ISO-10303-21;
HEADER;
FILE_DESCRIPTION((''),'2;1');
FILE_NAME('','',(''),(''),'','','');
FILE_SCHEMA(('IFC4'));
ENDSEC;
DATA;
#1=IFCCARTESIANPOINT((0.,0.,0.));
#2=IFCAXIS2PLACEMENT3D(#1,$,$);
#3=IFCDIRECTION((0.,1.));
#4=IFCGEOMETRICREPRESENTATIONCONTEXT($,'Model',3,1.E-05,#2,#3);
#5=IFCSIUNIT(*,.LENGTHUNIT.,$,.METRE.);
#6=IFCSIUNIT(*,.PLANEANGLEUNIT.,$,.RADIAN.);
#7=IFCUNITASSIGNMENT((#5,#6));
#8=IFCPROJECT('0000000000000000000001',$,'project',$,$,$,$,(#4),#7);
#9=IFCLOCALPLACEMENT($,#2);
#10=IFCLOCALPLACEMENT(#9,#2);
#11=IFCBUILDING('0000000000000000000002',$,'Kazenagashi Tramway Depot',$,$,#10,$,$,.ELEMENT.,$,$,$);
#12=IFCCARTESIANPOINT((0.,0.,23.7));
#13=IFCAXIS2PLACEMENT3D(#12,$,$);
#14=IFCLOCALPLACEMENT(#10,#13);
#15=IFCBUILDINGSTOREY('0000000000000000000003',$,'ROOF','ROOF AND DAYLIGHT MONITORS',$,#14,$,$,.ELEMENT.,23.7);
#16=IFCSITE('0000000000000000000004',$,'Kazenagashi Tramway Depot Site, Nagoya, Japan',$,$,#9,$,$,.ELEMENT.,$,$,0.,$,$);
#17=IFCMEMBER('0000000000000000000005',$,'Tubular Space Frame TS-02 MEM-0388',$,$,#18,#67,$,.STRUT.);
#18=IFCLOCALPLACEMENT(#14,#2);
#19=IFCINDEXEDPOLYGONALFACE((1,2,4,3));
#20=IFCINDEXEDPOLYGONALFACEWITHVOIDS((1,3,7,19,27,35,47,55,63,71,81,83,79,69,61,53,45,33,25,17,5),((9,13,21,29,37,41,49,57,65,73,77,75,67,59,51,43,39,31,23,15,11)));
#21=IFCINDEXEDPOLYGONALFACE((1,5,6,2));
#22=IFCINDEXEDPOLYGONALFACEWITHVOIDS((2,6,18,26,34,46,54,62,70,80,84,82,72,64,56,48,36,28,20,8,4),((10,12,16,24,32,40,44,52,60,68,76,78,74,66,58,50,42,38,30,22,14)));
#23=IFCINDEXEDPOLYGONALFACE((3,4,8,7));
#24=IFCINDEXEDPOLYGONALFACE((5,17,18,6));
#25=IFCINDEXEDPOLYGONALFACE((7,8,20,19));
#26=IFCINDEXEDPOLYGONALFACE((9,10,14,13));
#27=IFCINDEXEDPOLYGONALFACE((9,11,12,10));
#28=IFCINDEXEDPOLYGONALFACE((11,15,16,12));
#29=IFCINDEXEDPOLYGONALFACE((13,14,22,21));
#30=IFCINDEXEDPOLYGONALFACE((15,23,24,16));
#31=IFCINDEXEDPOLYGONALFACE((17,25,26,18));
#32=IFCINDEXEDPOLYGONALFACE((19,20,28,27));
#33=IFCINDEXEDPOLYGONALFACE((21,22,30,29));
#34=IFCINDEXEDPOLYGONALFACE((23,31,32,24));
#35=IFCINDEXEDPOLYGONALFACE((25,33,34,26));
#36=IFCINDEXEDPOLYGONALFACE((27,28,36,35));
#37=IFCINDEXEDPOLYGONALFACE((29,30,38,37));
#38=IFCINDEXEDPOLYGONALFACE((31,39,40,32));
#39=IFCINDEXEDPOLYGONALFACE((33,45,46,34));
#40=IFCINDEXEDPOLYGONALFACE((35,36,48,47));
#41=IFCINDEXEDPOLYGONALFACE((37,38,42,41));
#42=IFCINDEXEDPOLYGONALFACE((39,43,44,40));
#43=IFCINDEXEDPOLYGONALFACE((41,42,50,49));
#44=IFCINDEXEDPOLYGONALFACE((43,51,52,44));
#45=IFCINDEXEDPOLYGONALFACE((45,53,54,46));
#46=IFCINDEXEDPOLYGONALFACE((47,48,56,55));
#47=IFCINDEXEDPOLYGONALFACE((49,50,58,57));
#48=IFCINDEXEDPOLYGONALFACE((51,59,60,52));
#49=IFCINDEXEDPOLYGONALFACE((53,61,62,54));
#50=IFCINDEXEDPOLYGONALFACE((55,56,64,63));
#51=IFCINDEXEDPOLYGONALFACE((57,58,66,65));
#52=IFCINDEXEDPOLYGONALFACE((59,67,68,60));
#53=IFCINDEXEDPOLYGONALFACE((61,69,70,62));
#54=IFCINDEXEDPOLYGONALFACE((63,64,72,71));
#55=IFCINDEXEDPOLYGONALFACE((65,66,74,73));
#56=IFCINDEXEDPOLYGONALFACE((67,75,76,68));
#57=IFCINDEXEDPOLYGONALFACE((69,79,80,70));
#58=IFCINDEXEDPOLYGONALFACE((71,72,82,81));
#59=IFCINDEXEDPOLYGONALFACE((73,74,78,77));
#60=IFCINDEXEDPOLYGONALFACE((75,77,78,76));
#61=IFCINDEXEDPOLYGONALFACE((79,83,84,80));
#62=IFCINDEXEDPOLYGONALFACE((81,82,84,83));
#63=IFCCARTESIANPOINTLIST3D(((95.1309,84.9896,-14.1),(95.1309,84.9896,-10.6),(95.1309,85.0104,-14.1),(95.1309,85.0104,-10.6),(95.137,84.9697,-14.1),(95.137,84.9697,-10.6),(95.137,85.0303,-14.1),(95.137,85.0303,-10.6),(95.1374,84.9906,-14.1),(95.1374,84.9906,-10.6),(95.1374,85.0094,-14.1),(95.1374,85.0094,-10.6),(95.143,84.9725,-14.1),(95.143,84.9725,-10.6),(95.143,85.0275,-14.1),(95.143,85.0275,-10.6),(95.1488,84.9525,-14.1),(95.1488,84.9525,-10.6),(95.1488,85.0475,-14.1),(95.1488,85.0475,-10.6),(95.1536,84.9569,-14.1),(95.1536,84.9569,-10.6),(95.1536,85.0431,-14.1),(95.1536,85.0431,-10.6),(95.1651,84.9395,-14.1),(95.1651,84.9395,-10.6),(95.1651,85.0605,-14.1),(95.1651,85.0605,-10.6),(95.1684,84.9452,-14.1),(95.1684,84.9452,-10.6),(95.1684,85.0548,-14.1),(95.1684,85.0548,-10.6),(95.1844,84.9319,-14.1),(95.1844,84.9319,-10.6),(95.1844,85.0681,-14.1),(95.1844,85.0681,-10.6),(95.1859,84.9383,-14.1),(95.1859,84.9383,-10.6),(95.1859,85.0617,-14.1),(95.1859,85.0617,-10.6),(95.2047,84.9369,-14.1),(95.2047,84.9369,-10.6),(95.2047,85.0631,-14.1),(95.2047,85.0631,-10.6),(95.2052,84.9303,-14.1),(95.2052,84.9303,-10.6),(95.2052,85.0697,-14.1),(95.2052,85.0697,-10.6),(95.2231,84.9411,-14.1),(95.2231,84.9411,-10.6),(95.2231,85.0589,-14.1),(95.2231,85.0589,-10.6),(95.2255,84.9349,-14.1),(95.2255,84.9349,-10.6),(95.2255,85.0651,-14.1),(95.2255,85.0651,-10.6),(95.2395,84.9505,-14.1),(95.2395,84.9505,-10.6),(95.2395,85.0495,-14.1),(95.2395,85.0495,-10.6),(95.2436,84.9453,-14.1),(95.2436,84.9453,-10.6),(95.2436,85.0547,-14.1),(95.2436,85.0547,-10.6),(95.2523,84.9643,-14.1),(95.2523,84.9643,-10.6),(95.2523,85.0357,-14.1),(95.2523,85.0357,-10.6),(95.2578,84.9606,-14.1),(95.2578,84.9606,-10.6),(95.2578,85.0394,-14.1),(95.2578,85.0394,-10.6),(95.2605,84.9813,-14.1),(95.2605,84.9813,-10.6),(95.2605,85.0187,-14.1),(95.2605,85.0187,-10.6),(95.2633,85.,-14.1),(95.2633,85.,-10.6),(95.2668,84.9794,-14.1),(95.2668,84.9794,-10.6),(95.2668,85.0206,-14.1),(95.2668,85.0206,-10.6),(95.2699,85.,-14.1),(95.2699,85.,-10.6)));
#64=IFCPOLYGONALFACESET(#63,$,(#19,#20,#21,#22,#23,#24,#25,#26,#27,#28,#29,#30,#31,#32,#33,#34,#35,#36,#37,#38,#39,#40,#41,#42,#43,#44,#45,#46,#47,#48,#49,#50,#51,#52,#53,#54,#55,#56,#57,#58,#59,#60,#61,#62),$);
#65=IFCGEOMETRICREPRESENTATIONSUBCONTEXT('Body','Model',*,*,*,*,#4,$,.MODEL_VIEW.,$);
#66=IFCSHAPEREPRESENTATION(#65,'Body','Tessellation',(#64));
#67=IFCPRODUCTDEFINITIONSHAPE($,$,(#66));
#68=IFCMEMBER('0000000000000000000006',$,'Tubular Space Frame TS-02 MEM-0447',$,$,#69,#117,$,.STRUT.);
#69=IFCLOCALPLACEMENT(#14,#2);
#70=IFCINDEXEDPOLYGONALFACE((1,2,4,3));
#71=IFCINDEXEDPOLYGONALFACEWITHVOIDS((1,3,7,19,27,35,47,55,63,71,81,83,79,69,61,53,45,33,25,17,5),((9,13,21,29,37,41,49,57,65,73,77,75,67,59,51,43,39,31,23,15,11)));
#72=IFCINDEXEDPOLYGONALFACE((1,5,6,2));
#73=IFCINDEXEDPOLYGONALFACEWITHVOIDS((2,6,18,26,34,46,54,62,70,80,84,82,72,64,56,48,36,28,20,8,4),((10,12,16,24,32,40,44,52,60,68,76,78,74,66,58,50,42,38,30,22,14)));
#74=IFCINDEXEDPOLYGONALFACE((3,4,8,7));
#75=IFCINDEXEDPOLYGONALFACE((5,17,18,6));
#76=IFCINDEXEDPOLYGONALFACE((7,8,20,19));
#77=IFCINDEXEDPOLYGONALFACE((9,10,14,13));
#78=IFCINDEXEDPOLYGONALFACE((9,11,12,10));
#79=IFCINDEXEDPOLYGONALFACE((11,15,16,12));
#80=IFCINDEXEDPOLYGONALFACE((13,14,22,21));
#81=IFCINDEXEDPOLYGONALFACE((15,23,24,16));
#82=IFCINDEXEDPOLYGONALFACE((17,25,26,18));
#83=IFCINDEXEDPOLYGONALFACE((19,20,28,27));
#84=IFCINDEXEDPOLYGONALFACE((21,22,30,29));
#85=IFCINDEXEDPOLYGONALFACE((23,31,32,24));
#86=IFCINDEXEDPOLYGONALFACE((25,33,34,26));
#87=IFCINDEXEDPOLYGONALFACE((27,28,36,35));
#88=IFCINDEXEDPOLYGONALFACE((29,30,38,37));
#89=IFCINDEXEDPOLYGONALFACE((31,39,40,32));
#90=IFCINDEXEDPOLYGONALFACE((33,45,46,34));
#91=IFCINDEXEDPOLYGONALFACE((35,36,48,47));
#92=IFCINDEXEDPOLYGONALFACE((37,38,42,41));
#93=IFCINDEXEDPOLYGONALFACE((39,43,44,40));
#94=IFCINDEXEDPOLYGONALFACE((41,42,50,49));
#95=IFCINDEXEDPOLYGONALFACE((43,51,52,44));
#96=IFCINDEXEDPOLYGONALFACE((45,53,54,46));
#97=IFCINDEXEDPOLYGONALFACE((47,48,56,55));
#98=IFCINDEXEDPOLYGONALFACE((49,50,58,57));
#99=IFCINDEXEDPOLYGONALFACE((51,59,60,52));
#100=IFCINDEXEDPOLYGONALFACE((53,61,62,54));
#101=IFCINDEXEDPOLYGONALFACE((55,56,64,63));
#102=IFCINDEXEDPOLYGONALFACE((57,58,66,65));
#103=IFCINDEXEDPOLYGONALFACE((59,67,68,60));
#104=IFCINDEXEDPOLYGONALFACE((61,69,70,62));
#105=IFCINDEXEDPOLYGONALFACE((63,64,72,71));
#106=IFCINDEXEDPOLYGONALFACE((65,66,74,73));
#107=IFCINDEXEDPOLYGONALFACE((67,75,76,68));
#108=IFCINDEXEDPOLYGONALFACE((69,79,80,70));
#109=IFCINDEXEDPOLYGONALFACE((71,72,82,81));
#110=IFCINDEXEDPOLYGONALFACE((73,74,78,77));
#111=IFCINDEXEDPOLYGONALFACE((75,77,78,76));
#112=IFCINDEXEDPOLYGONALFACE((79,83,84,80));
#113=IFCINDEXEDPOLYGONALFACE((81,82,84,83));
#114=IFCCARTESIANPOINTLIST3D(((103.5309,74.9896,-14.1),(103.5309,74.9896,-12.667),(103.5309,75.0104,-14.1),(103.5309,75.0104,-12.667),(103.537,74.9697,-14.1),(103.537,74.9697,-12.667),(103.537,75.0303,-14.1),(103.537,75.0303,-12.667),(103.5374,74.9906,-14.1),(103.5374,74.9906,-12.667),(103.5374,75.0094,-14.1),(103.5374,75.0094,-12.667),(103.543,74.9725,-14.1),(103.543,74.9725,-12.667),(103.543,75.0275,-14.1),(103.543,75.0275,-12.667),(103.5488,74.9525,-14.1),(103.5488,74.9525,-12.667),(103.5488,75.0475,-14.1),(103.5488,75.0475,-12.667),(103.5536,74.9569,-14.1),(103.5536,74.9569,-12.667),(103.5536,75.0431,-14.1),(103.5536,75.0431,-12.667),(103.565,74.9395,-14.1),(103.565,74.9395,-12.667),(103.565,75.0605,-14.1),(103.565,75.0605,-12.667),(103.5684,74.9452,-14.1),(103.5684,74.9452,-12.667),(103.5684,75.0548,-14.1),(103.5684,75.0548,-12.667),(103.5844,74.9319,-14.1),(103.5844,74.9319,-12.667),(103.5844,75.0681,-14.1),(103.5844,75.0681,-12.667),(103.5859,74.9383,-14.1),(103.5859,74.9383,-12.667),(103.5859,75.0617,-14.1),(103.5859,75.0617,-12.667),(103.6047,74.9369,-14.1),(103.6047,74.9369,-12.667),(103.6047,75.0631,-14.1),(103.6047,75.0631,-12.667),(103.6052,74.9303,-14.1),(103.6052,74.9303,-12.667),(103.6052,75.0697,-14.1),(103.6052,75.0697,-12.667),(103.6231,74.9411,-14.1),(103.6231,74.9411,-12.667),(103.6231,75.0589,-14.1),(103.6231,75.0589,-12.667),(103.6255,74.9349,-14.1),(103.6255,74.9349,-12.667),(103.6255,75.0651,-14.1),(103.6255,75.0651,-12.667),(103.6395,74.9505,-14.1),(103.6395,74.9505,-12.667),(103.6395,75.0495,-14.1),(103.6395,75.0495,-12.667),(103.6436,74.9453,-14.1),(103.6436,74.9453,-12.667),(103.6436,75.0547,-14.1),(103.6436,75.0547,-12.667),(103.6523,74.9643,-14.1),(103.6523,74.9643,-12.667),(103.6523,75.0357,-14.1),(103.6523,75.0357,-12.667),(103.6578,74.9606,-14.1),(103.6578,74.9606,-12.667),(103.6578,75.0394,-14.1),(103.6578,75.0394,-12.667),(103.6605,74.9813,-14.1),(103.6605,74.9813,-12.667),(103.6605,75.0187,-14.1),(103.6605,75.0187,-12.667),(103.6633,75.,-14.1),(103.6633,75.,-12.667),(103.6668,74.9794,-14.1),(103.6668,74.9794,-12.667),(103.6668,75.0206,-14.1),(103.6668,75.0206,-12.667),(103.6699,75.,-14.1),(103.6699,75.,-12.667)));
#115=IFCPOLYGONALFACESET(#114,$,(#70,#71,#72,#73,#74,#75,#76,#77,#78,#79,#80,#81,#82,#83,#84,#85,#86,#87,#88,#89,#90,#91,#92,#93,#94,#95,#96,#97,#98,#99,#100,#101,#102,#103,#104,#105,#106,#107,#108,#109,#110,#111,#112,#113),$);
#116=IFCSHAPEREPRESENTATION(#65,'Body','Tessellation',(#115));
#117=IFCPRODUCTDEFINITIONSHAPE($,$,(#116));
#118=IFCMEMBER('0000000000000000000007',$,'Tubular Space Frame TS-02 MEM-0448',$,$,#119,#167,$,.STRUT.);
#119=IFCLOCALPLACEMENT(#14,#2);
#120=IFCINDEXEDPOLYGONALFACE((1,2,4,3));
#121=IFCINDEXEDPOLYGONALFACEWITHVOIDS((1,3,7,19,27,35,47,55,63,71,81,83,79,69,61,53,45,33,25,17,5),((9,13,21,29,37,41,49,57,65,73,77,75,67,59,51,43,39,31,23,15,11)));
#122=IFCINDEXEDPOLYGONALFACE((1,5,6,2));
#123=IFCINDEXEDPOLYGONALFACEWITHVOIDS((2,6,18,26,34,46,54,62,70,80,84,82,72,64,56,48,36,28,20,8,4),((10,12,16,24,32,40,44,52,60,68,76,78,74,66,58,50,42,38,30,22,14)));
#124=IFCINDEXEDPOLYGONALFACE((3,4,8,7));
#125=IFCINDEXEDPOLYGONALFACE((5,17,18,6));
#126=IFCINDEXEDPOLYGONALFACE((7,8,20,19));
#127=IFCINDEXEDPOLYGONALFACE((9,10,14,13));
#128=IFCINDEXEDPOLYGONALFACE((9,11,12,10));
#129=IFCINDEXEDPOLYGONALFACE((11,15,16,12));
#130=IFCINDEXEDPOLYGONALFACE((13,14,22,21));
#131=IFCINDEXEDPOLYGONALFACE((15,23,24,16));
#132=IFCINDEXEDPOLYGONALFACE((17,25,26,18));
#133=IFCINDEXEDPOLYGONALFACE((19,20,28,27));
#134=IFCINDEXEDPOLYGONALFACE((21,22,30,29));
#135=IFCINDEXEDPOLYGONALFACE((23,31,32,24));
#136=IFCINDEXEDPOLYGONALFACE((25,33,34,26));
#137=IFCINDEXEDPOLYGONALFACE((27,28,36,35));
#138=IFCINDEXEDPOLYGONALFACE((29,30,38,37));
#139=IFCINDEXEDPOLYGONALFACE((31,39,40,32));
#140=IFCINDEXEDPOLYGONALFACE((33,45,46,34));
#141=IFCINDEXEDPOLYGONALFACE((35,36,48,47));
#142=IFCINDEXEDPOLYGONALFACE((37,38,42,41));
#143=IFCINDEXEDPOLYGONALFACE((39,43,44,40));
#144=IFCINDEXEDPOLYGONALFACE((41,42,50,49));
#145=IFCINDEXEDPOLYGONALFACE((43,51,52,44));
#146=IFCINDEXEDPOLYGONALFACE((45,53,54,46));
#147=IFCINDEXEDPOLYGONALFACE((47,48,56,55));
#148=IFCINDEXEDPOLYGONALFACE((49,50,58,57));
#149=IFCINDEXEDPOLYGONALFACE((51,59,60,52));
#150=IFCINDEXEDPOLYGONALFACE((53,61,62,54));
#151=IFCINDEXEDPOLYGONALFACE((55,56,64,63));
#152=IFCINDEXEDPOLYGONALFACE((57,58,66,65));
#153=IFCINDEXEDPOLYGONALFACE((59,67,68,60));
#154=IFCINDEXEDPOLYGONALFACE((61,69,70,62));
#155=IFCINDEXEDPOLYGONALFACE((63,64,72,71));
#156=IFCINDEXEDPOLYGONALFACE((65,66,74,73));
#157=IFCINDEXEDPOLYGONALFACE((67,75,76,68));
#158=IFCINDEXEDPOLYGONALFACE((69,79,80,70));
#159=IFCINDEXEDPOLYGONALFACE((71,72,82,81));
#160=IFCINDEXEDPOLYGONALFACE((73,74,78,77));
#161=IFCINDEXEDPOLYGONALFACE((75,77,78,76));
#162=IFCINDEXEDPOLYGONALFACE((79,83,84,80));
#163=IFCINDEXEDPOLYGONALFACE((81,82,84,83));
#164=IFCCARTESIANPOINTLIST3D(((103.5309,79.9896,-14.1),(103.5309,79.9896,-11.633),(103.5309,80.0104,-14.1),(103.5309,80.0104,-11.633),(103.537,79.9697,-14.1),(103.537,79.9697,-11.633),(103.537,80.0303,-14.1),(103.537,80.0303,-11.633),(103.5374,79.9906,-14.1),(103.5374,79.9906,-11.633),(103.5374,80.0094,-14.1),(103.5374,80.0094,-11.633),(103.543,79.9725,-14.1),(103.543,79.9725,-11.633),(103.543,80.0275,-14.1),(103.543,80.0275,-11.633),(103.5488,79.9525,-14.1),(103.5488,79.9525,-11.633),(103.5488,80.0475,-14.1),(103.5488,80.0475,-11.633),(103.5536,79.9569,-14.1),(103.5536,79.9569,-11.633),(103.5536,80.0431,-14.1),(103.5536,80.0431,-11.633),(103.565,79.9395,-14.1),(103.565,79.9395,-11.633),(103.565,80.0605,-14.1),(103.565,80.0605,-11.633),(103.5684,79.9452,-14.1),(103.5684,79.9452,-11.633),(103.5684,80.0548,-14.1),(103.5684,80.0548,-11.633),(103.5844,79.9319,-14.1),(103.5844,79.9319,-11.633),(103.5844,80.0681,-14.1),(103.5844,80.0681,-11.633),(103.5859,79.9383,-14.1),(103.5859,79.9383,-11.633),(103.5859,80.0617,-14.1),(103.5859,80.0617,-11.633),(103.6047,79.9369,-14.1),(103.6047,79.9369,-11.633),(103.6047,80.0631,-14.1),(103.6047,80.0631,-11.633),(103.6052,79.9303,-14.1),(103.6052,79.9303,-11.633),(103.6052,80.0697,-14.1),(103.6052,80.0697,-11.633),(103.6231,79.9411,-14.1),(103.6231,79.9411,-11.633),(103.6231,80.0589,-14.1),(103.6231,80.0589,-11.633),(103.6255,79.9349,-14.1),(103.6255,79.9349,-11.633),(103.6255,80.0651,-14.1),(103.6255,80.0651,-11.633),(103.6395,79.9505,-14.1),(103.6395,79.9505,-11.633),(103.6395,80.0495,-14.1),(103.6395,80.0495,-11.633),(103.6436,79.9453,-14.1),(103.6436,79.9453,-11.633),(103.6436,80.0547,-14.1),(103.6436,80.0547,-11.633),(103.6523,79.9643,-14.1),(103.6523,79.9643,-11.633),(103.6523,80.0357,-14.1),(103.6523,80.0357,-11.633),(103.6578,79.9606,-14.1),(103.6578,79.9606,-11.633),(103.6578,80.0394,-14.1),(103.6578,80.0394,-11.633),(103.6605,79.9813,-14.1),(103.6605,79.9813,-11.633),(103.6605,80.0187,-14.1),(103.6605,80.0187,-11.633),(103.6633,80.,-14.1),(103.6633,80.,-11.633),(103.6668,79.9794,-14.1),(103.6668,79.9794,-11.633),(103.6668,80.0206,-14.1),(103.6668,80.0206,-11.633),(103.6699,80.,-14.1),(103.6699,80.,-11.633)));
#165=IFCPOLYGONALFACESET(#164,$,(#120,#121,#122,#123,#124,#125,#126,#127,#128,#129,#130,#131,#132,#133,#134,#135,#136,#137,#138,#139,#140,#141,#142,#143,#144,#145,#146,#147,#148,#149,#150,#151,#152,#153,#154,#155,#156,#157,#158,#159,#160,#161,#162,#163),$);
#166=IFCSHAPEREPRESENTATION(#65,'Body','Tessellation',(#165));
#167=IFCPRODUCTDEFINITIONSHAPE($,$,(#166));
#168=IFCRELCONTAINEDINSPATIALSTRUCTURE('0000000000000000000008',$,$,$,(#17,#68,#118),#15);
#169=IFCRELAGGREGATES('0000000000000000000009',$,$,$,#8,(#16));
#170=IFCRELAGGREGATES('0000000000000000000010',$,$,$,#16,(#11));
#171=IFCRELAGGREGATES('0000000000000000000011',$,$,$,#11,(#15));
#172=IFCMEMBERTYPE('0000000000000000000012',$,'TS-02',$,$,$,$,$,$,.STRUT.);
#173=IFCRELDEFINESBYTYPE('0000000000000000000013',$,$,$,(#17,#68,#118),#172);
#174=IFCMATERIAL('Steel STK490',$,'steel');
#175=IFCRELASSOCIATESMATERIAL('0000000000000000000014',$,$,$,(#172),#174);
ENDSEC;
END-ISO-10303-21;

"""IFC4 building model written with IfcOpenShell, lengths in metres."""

from ifc_helpers import new_model, si_unit, direction, frame, origin, origin_2d, place, context, subcontext, project, spatial, hollow_circle, extrude, material, material_profile, profile_set, type_object, element, save


model = new_model("IFC4")

# Units and contexts
model_context = context("Model", 3, precision=1e-05, world=origin(), true_north=direction((0.0, 1.0)))
body_context = subcontext(model_context, "Body", "Model", "MODEL_VIEW")
ifc_project = project(units=[si_unit("LENGTHUNIT", "METRE"), si_unit("PLANEANGLEUNIT", "RADIAN")], contexts=[model_context])

# Site, building, storey
site_placement = place(None, origin())
site = spatial("IfcSite", under=ifc_project, at=site_placement, Name="Kazenagashi Tramway Depot Site, Nagoya, Japan", CompositionType="ELEMENT", RefElevation=0.0)
building_placement = place(site_placement, origin())
building = spatial("IfcBuilding", under=site, at=building_placement, Name="Kazenagashi Tramway Depot", CompositionType="ELEMENT")
storey_placement = place(building_placement, frame((0.0, 0.0, 23.7)))
storey = spatial("IfcBuildingStorey", under=building, at=storey_placement, Name="ROOF", Description="ROOF AND DAYLIGHT MONITORS", CompositionType="ELEMENT", Elevation=23.7)

# Members
ifc_material_1 = material(Name="Steel STK490", Category="steel")
ifc_material_profile_1 = material_profile(ifc_material_1, hollow_circle(Radius=0.0699, WallThickness=0.0066, at=origin_2d()), Name="CHS-139.8x6.6")
ifc_profile_set_1 = profile_set([ifc_material_profile_1], Name="Steel STK490")
member_type_1 = type_object("IfcMemberType", Name="TS-02", PredefinedType="STRUT", material=ifc_profile_set_1)
member_1_placement = place(storey_placement, frame((95.2, 85.0, -14.1), z_axis=(0.0, 0.0, 1.0), x_axis=(1.0, 0.0, 0.0)))
element("IfcMember", 1, at=member_1_placement, inside=storey, type_object=member_type_1, Name="Tubular Space Frame TS-02 MEM-0388", PredefinedType="STRUT", context=body_context, shape_type="SweptSolid", body=[
    extrude(hollow_circle(Radius=0.0699, WallThickness=0.0066, at=origin_2d()), origin(), (0.0, 0.0, 1.0), 3.5),
])
member_2_placement = place(storey_placement, frame((103.6, 75.0, -14.1), z_axis=(0.0, 0.0, 1.0), x_axis=(1.0, 0.0, 0.0)))
element("IfcMember", 2, at=member_2_placement, inside=storey, type_object=member_type_1, Name="Tubular Space Frame TS-02 MEM-0447", PredefinedType="STRUT", context=body_context, shape_type="SweptSolid", body=[
    extrude(hollow_circle(Radius=0.0699, WallThickness=0.0066, at=origin_2d()), origin(), (0.0, 0.0, 1.0), 1.433),
])
member_3_placement = place(storey_placement, frame((103.6, 80.0, -14.1), z_axis=(0.0, 0.0, 1.0), x_axis=(1.0, 0.0, 0.0)))
element("IfcMember", 3, at=member_3_placement, inside=storey, type_object=member_type_1, Name="Tubular Space Frame TS-02 MEM-0448", PredefinedType="STRUT", context=body_context, shape_type="SweptSolid", body=[
    extrude(hollow_circle(Radius=0.0699, WallThickness=0.0066, at=origin_2d()), origin(), (0.0, 0.0, 1.0), 2.467),
])

save(model, "model.ifc")
